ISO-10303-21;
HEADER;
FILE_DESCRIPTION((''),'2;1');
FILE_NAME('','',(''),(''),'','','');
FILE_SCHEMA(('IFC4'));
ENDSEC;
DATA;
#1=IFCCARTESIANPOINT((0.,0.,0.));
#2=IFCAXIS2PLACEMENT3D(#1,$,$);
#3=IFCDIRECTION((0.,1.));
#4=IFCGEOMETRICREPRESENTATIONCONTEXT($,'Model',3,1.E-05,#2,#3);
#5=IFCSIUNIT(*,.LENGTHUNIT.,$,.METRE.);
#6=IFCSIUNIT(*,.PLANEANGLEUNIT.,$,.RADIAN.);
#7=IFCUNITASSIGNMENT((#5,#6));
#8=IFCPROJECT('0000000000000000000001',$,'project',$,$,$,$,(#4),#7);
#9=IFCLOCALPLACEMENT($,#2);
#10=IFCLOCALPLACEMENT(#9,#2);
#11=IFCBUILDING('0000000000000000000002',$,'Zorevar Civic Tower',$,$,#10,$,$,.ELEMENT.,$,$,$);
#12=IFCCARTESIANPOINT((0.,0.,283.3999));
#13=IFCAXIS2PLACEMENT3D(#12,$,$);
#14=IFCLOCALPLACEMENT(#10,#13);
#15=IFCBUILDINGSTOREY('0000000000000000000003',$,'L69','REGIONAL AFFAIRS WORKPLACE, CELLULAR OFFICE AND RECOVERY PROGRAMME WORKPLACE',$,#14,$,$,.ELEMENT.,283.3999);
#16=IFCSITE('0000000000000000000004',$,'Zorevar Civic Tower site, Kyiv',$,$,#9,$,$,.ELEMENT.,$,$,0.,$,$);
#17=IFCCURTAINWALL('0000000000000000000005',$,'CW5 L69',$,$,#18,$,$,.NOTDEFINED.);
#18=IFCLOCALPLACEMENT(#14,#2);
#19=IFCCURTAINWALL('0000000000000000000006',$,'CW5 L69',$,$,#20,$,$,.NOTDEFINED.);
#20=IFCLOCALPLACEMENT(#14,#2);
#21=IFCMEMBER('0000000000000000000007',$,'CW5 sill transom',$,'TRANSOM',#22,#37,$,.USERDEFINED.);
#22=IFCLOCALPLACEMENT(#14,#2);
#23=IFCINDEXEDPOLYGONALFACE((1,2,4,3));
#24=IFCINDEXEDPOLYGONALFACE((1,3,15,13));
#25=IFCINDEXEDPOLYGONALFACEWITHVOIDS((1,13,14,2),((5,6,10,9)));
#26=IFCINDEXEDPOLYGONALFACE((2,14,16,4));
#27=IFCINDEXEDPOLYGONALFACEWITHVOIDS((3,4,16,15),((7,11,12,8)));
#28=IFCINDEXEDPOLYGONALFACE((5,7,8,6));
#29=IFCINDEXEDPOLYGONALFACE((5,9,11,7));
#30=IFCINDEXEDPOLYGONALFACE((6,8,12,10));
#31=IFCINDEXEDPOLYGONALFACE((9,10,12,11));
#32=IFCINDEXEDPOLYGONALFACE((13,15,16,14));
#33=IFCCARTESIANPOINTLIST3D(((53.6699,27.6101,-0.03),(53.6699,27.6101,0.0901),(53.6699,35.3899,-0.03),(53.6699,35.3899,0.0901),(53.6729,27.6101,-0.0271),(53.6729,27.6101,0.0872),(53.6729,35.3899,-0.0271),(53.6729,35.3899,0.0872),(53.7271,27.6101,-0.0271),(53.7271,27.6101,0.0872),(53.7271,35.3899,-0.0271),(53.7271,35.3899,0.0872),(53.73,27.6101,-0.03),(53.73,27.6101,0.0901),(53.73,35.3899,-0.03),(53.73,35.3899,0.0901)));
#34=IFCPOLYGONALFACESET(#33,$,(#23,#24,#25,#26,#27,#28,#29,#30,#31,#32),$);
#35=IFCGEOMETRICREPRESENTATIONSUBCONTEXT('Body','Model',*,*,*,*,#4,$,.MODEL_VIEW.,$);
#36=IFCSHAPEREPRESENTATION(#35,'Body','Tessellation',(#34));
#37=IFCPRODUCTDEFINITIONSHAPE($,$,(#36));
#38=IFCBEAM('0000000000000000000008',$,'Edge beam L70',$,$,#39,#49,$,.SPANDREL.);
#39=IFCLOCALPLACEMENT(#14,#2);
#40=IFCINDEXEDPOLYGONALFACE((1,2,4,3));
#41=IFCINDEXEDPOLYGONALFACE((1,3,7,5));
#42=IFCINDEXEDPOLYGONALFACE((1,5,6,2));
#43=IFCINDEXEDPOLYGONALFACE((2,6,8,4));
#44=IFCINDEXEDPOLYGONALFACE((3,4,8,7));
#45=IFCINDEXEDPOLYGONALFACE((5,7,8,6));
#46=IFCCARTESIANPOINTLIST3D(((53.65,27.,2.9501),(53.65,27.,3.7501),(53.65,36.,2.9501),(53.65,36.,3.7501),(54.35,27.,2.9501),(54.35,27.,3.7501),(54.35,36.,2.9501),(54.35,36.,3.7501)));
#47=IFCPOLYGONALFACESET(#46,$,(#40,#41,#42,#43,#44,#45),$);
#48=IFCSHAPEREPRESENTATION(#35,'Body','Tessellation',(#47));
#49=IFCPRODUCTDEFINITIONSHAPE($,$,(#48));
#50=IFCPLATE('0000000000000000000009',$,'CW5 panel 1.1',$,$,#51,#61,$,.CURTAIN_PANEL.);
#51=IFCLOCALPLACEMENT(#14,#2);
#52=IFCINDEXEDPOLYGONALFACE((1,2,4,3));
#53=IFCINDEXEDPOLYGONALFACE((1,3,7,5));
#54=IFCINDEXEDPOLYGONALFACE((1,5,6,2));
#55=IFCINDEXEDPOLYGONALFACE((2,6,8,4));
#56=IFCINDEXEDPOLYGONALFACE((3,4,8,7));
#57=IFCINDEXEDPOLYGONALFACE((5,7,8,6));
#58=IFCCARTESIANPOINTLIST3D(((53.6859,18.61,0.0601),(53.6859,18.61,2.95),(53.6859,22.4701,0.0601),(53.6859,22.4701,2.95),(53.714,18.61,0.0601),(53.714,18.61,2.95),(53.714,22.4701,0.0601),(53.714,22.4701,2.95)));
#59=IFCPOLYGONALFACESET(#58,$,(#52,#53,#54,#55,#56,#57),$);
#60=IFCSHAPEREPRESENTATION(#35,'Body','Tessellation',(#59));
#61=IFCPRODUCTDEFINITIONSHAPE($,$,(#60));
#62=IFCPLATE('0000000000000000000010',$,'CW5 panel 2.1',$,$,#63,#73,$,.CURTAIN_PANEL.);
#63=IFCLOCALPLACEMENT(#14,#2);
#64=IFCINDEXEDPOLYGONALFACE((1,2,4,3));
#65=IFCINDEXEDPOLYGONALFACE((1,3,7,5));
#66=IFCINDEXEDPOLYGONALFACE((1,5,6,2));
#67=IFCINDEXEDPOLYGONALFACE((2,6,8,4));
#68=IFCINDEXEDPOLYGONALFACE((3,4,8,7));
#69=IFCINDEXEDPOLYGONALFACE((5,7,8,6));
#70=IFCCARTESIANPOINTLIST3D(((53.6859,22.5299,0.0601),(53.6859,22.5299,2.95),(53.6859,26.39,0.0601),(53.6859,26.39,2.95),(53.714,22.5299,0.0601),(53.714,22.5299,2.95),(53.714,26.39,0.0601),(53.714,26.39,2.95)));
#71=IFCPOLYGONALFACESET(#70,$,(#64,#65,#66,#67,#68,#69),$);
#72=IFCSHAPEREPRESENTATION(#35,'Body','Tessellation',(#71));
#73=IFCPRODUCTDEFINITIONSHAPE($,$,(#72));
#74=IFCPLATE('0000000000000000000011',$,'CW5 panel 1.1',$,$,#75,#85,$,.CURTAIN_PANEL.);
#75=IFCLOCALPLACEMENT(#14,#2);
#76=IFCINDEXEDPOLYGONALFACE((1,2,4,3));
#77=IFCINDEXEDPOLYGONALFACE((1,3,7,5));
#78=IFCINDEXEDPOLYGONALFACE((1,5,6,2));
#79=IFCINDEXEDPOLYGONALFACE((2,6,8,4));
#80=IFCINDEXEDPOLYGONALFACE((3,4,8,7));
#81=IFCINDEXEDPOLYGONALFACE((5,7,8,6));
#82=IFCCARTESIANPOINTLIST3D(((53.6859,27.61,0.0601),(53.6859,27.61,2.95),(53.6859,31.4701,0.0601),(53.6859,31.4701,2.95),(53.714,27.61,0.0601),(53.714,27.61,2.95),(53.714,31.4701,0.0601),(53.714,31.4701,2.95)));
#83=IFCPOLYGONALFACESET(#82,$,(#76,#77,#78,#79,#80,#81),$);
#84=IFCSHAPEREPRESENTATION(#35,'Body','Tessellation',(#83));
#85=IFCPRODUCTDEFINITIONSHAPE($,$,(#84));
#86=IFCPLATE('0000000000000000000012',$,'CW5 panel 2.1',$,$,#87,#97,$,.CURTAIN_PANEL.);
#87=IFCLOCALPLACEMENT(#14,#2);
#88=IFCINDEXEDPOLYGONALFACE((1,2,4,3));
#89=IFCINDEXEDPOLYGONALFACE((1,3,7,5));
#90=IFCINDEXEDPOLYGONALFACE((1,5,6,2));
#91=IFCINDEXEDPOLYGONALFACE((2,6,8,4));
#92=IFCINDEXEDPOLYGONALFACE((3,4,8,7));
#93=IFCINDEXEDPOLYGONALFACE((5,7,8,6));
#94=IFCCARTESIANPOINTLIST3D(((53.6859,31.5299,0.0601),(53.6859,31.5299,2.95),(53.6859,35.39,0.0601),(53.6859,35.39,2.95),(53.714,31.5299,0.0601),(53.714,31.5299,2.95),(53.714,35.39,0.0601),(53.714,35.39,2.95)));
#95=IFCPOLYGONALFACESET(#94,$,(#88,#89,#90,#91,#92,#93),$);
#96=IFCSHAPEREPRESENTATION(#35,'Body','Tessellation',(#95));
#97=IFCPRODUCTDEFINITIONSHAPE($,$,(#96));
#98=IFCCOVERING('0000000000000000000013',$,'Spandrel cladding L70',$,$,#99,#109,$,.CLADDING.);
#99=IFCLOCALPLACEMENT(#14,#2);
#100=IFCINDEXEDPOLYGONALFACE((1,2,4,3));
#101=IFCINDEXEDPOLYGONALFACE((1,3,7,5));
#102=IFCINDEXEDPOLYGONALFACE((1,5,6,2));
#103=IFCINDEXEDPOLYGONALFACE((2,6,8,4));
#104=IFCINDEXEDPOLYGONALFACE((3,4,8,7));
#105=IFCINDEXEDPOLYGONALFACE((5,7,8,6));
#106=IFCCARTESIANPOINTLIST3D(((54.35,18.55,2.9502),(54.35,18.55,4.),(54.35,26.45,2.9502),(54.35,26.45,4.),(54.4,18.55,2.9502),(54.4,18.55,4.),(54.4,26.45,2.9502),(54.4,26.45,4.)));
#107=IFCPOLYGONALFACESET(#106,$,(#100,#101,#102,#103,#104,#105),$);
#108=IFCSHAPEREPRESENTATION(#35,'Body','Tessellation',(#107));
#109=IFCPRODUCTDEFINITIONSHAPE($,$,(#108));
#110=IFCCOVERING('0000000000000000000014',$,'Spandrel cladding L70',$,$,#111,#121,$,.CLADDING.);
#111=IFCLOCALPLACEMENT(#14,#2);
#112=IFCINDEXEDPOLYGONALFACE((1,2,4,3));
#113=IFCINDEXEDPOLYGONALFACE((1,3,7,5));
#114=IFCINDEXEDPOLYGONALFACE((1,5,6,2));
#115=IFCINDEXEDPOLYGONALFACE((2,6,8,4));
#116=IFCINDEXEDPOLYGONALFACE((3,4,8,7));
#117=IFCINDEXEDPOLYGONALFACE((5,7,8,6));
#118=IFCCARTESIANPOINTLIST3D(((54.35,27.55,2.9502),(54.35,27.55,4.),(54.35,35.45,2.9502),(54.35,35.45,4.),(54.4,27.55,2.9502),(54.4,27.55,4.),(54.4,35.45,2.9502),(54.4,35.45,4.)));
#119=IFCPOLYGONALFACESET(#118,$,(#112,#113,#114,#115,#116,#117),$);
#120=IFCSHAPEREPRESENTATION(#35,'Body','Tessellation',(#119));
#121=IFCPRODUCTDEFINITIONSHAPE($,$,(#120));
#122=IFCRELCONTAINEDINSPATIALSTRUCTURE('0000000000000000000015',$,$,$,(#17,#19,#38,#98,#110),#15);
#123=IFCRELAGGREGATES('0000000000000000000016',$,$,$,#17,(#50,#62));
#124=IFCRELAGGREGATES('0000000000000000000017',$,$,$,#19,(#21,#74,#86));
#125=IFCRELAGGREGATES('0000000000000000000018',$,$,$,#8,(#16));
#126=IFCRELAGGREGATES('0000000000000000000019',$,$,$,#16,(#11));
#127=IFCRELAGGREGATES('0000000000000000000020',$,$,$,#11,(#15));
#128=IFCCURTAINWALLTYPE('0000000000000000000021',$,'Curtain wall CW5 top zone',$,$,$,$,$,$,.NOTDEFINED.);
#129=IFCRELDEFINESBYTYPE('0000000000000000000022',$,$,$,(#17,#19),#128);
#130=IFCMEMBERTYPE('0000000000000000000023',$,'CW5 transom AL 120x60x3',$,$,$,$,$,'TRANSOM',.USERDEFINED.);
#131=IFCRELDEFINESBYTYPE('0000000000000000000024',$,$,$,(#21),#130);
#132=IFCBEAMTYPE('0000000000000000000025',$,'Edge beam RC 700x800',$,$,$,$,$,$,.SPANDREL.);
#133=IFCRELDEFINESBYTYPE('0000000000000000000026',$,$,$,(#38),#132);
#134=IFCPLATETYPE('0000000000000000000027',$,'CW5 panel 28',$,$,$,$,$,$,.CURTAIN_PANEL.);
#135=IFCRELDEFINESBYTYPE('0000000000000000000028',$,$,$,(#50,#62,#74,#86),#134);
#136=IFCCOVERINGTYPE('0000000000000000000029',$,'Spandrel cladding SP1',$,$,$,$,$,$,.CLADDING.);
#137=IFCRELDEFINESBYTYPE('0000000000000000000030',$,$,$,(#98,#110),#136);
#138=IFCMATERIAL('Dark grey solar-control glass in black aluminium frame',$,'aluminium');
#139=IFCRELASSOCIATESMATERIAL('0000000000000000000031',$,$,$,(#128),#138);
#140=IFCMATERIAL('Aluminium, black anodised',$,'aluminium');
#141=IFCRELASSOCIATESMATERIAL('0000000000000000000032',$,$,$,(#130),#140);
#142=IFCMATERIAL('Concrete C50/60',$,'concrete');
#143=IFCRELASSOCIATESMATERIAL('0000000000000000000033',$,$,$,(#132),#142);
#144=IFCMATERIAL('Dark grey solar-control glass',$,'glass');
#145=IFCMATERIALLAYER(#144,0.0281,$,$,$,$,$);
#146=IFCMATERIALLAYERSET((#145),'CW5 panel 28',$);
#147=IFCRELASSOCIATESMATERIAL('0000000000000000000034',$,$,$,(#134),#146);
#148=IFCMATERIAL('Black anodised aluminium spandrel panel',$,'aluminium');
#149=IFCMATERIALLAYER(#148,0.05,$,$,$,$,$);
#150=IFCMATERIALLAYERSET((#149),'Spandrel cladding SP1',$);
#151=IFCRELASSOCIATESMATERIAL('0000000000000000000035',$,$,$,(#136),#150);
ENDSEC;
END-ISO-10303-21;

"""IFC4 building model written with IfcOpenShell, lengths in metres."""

from ifc_helpers import new_model, si_unit, direction, frame, frame_2d, origin, origin_2d, place, context, subcontext, project, spatial, rectangle, hollow_rectangle, extrude, material, layer, layer_set, material_profile, profile_set, type_object, element, aggregate, save


model = new_model("IFC4")

# Units and contexts
model_context = context("Model", 3, precision=1e-05, world=origin(), true_north=direction((0.0, 1.0)))
body_context = subcontext(model_context, "Body", "Model", "MODEL_VIEW")
ifc_project = project(units=[si_unit("LENGTHUNIT", "METRE"), si_unit("PLANEANGLEUNIT", "RADIAN")], contexts=[model_context])

# Site, building, storey
site_placement = place(None, origin())
site = spatial("IfcSite", under=ifc_project, at=site_placement, Name="Zorevar Civic Tower site, Kyiv", CompositionType="ELEMENT", RefElevation=0.0)
building_placement = place(site_placement, origin())
building = spatial("IfcBuilding", under=site, at=building_placement, Name="Zorevar Civic Tower", CompositionType="ELEMENT")
storey_placement = place(building_placement, frame((0.0, 0.0, 283.3999)))
storey = spatial("IfcBuildingStorey", under=building, at=storey_placement, Name="L69", Description="REGIONAL AFFAIRS WORKPLACE, CELLULAR OFFICE AND RECOVERY PROGRAMME WORKPLACE", CompositionType="ELEMENT", Elevation=283.3999)

# Curtain walls
ifc_material_1 = material(Name="Dark grey solar-control glass in black aluminium frame", Category="aluminium")
curtain_wall_type = type_object("IfcCurtainWallType", Name="Curtain wall CW5 top zone", PredefinedType="NOTDEFINED", material=ifc_material_1)
curtain_wall_1_placement = place(storey_placement, origin())
curtain_wall_1 = element("IfcCurtainWall", 1, at=curtain_wall_1_placement, inside=storey, type_object=curtain_wall_type, Name="CW5 L69", PredefinedType="NOTDEFINED")
curtain_wall_2_placement = place(storey_placement, origin())
curtain_wall_2 = element("IfcCurtainWall", 2, at=curtain_wall_2_placement, inside=storey, type_object=curtain_wall_type, Name="CW5 L69", PredefinedType="NOTDEFINED")

# Member
ifc_material_2 = material(Name="Aluminium, black anodised", Category="aluminium")
ifc_material_profile_1 = material_profile(ifc_material_2, hollow_rectangle(XDim=0.0601, YDim=0.1201, WallThickness=0.0029, at=origin_2d()), Name="AL 120x60x3")
ifc_profile_set_1 = profile_set([ifc_material_profile_1], Name="Aluminium, black anodised")
member_type_1 = type_object("IfcMemberType", Name="CW5 transom AL 120x60x3", ElementType="TRANSOM", PredefinedType="USERDEFINED", material=ifc_profile_set_1)
member_1_placement = place(storey_placement, frame((53.7, 27.6101, 0.03), z_axis=(0.0, 1.0, 0.0), x_axis=(-1.0, 0.0, 0.0)))
member_1 = element("IfcMember", 3, at=member_1_placement, type_object=member_type_1, Name="CW5 sill transom", ObjectType="TRANSOM", PredefinedType="USERDEFINED", context=body_context, shape_type="SweptSolid", body=[
    extrude(hollow_rectangle(XDim=0.0601, YDim=0.1201, WallThickness=0.0029, at=origin_2d()), origin(), (0.0, 0.0, 1.0), 7.7798),
])

# Beam
ifc_material_3 = material(Name="Concrete C50/60", Category="concrete")
ifc_material_profile_2 = material_profile(ifc_material_3, rectangle(XDim=0.7, YDim=0.8, at=origin_2d()), Name="RC 700x800")
ifc_profile_set_2 = profile_set([ifc_material_profile_2], Name="Concrete C50/60")
beam_type_1 = type_object("IfcBeamType", Name="Edge beam RC 700x800", PredefinedType="SPANDREL", material=ifc_profile_set_2)
beam_placement = place(storey_placement, frame((54.0, 27.0, 3.3501), z_axis=(0.0, 1.0, 0.0), x_axis=(-1.0, 0.0, 0.0)))
element("IfcBeam", 4, at=beam_placement, inside=storey, type_object=beam_type_1, Name="Edge beam L70", PredefinedType="SPANDREL", context=body_context, shape_type="SweptSolid", body=[
    extrude(rectangle(XDim=0.7, YDim=0.8, at=origin_2d()), origin(), (0.0, 0.0, 1.0), 9.0),
])

# Plates
ifc_material_4 = material(Name="Dark grey solar-control glass", Category="glass")
ifc_layer_1 = layer(ifc_material_4, 0.0281)
ifc_layer_set_1 = layer_set([ifc_layer_1], Name="CW5 panel 28")
plate_type = type_object("IfcPlateType", Name="CW5 panel 28", PredefinedType="CURTAIN_PANEL", material=ifc_layer_set_1)
plate_1_placement = place(storey_placement, frame((53.7, 20.54, 0.0601), z_axis=(0.0, 0.0, 1.0), x_axis=(0.0, 1.0, 0.0)))
plate_1 = element("IfcPlate", 5, at=plate_1_placement, type_object=plate_type, Name="CW5 panel 1.1", PredefinedType="CURTAIN_PANEL", context=body_context, shape_type="SweptSolid", body=[
    extrude(rectangle(XDim=3.8601, YDim=0.0281, at=origin_2d()), origin(), (0.0, 0.0, 1.0), 2.8899),
])
plate_2_placement = place(storey_placement, frame((53.7, 24.46, 0.0601), z_axis=(0.0, 0.0, 1.0), x_axis=(0.0, 1.0, 0.0)))
plate_2 = element("IfcPlate", 6, at=plate_2_placement, type_object=plate_type, Name="CW5 panel 2.1", PredefinedType="CURTAIN_PANEL", context=body_context, shape_type="SweptSolid", body=[
    extrude(rectangle(XDim=3.8601, YDim=0.0281, at=origin_2d()), origin(), (0.0, 0.0, 1.0), 2.8899),
])
aggregate(curtain_wall_1, [plate_1, plate_2])
plate_3_placement = place(storey_placement, frame((53.7, 29.54, 0.0601), z_axis=(0.0, 0.0, 1.0), x_axis=(0.0, 1.0, 0.0)))
plate_3 = element("IfcPlate", 7, at=plate_3_placement, type_object=plate_type, Name="CW5 panel 1.1", PredefinedType="CURTAIN_PANEL", context=body_context, shape_type="SweptSolid", body=[
    extrude(rectangle(XDim=3.8601, YDim=0.0281, at=origin_2d()), origin(), (0.0, 0.0, 1.0), 2.8899),
])
plate_4_placement = place(storey_placement, frame((53.7, 33.46, 0.0601), z_axis=(0.0, 0.0, 1.0), x_axis=(0.0, 1.0, 0.0)))
plate_4 = element("IfcPlate", 8, at=plate_4_placement, type_object=plate_type, Name="CW5 panel 2.1", PredefinedType="CURTAIN_PANEL", context=body_context, shape_type="SweptSolid", body=[
    extrude(rectangle(XDim=3.8601, YDim=0.0281, at=origin_2d()), origin(), (0.0, 0.0, 1.0), 2.8899),
])
aggregate(curtain_wall_2, [member_1, plate_3, plate_4])

# Coverings
ifc_material_5 = material(Name="Black anodised aluminium spandrel panel", Category="aluminium")
ifc_layer_2 = layer(ifc_material_5, 0.05)
ifc_layer_set_2 = layer_set([ifc_layer_2], Name="Spandrel cladding SP1")
covering_type = type_object("IfcCoveringType", Name="Spandrel cladding SP1", PredefinedType="CLADDING", material=ifc_layer_set_2)
for number, where, z_axis, x_axis, name in (
    (9, (54.375, 18.55, 2.9502), (0.0, 0.0, 1.0), (0.0, 1.0, 0.0), "Spandrel cladding L70"),
    (10, (54.375, 27.55, 2.9502), (0.0, 0.0, 1.0), (0.0, 1.0, 0.0), "Spandrel cladding L70"),
):
    element("IfcCovering", number, at=place(storey_placement, frame(where, z_axis=z_axis, x_axis=x_axis)), inside=storey, type_object=covering_type, Name=name, PredefinedType="CLADDING", context=body_context, shape_type="SweptSolid", body=[
        extrude(rectangle(XDim=7.8999, YDim=0.05, at=frame_2d((3.95, 0.0))), origin(), (0.0, 0.0, 1.0), 1.0498),
    ])

save(model, "model.ifc")
